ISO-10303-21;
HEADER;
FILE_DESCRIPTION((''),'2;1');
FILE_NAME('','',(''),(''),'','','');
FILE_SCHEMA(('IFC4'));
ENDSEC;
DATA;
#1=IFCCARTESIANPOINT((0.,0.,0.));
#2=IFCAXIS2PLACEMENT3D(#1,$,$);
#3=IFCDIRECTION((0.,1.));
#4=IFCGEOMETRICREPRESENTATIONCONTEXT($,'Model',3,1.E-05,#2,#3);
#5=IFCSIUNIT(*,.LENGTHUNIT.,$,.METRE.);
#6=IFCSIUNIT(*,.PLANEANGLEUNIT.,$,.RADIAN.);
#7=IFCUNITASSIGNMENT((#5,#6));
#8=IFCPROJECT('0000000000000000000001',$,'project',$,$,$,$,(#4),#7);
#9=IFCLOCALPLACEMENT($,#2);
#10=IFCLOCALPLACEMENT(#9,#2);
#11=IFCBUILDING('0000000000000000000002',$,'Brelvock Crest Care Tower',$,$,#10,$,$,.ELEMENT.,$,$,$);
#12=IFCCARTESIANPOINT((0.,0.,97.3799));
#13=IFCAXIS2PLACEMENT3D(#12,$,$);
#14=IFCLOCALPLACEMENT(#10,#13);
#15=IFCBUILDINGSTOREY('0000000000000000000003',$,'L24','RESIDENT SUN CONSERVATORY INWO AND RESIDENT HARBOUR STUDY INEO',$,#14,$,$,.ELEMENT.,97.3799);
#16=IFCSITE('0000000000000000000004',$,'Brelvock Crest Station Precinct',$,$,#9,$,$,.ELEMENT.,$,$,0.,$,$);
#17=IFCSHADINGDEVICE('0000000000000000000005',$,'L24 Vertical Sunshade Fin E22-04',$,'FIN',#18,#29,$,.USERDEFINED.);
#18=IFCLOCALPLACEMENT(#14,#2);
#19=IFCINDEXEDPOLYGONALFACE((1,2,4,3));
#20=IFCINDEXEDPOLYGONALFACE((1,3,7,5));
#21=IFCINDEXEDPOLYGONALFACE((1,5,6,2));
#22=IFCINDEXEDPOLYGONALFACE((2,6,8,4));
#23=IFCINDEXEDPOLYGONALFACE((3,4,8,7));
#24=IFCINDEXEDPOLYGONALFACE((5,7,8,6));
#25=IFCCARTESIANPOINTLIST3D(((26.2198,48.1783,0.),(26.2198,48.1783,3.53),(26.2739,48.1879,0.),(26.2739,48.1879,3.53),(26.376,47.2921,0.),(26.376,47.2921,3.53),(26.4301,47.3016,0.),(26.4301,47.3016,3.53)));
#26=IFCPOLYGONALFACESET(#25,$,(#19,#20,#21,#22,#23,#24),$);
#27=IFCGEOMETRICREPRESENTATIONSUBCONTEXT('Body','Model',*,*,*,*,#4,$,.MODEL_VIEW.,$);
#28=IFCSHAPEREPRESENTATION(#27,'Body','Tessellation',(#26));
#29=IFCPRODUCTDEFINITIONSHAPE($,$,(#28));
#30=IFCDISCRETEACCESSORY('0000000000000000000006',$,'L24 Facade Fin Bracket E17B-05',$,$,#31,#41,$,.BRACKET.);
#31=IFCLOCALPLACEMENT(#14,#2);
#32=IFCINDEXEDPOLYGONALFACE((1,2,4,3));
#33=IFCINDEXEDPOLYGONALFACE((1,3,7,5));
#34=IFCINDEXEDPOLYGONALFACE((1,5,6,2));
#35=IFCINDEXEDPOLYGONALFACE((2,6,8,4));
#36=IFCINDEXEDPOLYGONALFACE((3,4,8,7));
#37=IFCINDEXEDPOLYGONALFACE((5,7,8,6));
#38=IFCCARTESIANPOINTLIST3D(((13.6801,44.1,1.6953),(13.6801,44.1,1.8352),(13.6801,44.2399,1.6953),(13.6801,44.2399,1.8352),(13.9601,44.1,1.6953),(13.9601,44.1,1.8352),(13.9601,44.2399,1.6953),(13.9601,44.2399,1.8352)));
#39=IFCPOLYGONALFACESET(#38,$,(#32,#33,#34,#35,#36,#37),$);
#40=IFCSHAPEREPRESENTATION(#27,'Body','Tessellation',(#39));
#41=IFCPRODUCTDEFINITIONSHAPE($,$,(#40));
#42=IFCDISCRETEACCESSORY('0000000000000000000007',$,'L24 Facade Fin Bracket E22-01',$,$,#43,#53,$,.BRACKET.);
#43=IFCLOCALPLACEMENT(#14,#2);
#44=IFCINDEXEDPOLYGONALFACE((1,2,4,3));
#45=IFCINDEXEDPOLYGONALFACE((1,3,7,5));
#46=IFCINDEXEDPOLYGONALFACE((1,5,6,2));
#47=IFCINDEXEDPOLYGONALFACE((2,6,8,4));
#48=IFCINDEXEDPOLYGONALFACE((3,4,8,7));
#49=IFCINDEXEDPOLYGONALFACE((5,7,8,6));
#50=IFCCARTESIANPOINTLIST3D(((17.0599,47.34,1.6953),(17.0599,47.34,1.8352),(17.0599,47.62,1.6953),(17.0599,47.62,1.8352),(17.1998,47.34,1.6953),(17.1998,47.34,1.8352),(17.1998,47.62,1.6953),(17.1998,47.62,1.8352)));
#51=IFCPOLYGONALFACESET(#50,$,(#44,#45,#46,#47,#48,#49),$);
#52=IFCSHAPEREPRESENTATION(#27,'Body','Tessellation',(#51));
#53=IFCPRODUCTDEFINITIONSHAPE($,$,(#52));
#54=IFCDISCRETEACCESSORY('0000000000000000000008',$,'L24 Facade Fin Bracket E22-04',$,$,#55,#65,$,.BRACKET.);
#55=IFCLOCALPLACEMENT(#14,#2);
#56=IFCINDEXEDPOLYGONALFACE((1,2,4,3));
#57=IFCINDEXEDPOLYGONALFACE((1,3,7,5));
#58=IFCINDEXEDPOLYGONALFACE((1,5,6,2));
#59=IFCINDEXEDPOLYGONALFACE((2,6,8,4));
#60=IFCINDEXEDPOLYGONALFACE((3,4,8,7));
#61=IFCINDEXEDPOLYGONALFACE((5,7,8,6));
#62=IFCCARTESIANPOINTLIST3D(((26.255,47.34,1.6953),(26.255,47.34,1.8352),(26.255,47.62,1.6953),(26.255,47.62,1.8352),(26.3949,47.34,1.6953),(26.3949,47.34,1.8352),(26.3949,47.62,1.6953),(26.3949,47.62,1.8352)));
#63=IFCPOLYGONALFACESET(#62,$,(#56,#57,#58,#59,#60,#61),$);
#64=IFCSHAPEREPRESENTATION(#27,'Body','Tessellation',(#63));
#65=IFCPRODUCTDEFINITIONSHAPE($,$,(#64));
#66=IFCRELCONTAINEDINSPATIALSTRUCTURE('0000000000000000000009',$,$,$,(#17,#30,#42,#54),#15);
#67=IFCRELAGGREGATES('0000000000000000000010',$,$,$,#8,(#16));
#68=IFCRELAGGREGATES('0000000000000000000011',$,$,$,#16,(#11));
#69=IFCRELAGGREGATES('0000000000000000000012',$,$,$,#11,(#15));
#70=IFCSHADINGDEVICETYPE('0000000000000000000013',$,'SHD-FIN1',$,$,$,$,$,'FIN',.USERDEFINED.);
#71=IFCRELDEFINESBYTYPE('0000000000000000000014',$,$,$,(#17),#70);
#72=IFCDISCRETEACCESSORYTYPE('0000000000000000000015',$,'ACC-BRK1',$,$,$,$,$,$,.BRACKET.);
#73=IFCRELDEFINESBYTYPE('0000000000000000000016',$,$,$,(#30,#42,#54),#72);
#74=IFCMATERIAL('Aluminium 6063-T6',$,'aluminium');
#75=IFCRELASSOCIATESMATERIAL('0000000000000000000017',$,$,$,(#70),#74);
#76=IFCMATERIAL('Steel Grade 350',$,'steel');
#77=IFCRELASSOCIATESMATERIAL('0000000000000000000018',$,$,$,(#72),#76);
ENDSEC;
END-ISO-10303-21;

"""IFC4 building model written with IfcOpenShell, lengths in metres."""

from ifc_helpers import new_model, si_unit, direction, frame, origin, origin_2d, place, context, subcontext, project, spatial, rectangle, extrude, source, transform, mapped, material, material_profile, profile_set, type_object, element, save


model = new_model("IFC4")

# Units and contexts
model_context = context("Model", 3, precision=1e-05, world=origin(), true_north=direction((0.0, 1.0)))
body_context = subcontext(model_context, "Body", "Model", "MODEL_VIEW")
ifc_project = project(units=[si_unit("LENGTHUNIT", "METRE"), si_unit("PLANEANGLEUNIT", "RADIAN")], contexts=[model_context])

# Site, building, storey
site_placement = place(None, origin())
site = spatial("IfcSite", under=ifc_project, at=site_placement, Name="Brelvock Crest Station Precinct", CompositionType="ELEMENT", RefElevation=0.0)
building_placement = place(site_placement, origin())
building = spatial("IfcBuilding", under=site, at=building_placement, Name="Brelvock Crest Care Tower", CompositionType="ELEMENT")
storey_placement = place(building_placement, frame((0.0, 0.0, 97.3799)))
storey = spatial("IfcBuildingStorey", under=building, at=storey_placement, Name="L24", Description="RESIDENT SUN CONSERVATORY INWO AND RESIDENT HARBOUR STUDY INEO", CompositionType="ELEMENT", Elevation=97.3799)

# Shared definitions
ifc_material_1 = material(Name="Aluminium 6063-T6", Category="aluminium")

# Shading device
ifc_material_profile_1 = material_profile(ifc_material_1, rectangle(XDim=0.0549, YDim=0.8999, at=origin_2d()), Name="FIN55x900")
ifc_profile_set_1 = profile_set([ifc_material_profile_1], Name="Aluminium 6063-T6")
shading_device_type = type_object("IfcShadingDeviceType", Name="SHD-FIN1", ElementType="FIN", PredefinedType="USERDEFINED", material=ifc_profile_set_1)
shared_shape_1 = source(origin(), body_context, "Body", "SweptSolid", [
    extrude(rectangle(XDim=0.0549, YDim=0.8999, at=origin_2d()), origin(), (0.0, 0.0, 1.0), 3.53),
])
for number, where, z_axis, x_axis, name in (
    (1, (26.325, 47.74, 0.0), (0.0, 0.0, 1.0), (0.984808, 0.173648, 0.0), "L24 Vertical Sunshade Fin E22-04"),
):
    element("IfcShadingDevice", number, at=place(storey_placement, frame(where, z_axis=z_axis, x_axis=x_axis)), inside=storey, type_object=shading_device_type, Name=name, ObjectType="FIN", PredefinedType="USERDEFINED", context=body_context, shape_type="MappedRepresentation", body=[
        mapped(shared_shape_1, transform((0.0, 0.0, 0.0), x_axis=(1.0, 0.0, 0.0), y_axis=(0.0, 1.0, 0.0), z_axis=(0.0, 0.0, 1.0), scale=1.0)),
    ])

# Discrete accessories
ifc_material_2 = material(Name="Steel Grade 350", Category="steel")
discrete_accessory_type = type_object("IfcDiscreteAccessoryType", Name="ACC-BRK1", PredefinedType="BRACKET", material=ifc_material_2)
shared_shape_2 = source(origin(), body_context, "Body", "SweptSolid", [
    extrude(rectangle(XDim=0.28, YDim=0.1399, at=origin_2d()), origin(), (0.0, 0.0, 1.0), 0.1399),
])
for number, where, z_axis, x_axis, name in (
    (2, (13.8201, 44.1699, 1.6953), (0.0, 0.0, 1.0), (-1.0, 0.0, 0.0), "L24 Facade Fin Bracket E17B-05"),
    (3, (17.1299, 47.48, 1.6953), (0.0, 0.0, 1.0), (0.0, 1.0, 0.0), "L24 Facade Fin Bracket E22-01"),
    (4, (26.325, 47.48, 1.6953), (0.0, 0.0, 1.0), (0.0, 1.0, 0.0), "L24 Facade Fin Bracket E22-04"),
):
    element("IfcDiscreteAccessory", number, at=place(storey_placement, frame(where, z_axis=z_axis, x_axis=x_axis)), inside=storey, type_object=discrete_accessory_type, Name=name, PredefinedType="BRACKET", context=body_context, shape_type="MappedRepresentation", body=[
        mapped(shared_shape_2, transform((0.0, 0.0, 0.0), x_axis=(1.0, 0.0, 0.0), y_axis=(0.0, 1.0, 0.0), z_axis=(0.0, 0.0, 1.0), scale=1.0)),
    ])

save(model, "model.ifc")
